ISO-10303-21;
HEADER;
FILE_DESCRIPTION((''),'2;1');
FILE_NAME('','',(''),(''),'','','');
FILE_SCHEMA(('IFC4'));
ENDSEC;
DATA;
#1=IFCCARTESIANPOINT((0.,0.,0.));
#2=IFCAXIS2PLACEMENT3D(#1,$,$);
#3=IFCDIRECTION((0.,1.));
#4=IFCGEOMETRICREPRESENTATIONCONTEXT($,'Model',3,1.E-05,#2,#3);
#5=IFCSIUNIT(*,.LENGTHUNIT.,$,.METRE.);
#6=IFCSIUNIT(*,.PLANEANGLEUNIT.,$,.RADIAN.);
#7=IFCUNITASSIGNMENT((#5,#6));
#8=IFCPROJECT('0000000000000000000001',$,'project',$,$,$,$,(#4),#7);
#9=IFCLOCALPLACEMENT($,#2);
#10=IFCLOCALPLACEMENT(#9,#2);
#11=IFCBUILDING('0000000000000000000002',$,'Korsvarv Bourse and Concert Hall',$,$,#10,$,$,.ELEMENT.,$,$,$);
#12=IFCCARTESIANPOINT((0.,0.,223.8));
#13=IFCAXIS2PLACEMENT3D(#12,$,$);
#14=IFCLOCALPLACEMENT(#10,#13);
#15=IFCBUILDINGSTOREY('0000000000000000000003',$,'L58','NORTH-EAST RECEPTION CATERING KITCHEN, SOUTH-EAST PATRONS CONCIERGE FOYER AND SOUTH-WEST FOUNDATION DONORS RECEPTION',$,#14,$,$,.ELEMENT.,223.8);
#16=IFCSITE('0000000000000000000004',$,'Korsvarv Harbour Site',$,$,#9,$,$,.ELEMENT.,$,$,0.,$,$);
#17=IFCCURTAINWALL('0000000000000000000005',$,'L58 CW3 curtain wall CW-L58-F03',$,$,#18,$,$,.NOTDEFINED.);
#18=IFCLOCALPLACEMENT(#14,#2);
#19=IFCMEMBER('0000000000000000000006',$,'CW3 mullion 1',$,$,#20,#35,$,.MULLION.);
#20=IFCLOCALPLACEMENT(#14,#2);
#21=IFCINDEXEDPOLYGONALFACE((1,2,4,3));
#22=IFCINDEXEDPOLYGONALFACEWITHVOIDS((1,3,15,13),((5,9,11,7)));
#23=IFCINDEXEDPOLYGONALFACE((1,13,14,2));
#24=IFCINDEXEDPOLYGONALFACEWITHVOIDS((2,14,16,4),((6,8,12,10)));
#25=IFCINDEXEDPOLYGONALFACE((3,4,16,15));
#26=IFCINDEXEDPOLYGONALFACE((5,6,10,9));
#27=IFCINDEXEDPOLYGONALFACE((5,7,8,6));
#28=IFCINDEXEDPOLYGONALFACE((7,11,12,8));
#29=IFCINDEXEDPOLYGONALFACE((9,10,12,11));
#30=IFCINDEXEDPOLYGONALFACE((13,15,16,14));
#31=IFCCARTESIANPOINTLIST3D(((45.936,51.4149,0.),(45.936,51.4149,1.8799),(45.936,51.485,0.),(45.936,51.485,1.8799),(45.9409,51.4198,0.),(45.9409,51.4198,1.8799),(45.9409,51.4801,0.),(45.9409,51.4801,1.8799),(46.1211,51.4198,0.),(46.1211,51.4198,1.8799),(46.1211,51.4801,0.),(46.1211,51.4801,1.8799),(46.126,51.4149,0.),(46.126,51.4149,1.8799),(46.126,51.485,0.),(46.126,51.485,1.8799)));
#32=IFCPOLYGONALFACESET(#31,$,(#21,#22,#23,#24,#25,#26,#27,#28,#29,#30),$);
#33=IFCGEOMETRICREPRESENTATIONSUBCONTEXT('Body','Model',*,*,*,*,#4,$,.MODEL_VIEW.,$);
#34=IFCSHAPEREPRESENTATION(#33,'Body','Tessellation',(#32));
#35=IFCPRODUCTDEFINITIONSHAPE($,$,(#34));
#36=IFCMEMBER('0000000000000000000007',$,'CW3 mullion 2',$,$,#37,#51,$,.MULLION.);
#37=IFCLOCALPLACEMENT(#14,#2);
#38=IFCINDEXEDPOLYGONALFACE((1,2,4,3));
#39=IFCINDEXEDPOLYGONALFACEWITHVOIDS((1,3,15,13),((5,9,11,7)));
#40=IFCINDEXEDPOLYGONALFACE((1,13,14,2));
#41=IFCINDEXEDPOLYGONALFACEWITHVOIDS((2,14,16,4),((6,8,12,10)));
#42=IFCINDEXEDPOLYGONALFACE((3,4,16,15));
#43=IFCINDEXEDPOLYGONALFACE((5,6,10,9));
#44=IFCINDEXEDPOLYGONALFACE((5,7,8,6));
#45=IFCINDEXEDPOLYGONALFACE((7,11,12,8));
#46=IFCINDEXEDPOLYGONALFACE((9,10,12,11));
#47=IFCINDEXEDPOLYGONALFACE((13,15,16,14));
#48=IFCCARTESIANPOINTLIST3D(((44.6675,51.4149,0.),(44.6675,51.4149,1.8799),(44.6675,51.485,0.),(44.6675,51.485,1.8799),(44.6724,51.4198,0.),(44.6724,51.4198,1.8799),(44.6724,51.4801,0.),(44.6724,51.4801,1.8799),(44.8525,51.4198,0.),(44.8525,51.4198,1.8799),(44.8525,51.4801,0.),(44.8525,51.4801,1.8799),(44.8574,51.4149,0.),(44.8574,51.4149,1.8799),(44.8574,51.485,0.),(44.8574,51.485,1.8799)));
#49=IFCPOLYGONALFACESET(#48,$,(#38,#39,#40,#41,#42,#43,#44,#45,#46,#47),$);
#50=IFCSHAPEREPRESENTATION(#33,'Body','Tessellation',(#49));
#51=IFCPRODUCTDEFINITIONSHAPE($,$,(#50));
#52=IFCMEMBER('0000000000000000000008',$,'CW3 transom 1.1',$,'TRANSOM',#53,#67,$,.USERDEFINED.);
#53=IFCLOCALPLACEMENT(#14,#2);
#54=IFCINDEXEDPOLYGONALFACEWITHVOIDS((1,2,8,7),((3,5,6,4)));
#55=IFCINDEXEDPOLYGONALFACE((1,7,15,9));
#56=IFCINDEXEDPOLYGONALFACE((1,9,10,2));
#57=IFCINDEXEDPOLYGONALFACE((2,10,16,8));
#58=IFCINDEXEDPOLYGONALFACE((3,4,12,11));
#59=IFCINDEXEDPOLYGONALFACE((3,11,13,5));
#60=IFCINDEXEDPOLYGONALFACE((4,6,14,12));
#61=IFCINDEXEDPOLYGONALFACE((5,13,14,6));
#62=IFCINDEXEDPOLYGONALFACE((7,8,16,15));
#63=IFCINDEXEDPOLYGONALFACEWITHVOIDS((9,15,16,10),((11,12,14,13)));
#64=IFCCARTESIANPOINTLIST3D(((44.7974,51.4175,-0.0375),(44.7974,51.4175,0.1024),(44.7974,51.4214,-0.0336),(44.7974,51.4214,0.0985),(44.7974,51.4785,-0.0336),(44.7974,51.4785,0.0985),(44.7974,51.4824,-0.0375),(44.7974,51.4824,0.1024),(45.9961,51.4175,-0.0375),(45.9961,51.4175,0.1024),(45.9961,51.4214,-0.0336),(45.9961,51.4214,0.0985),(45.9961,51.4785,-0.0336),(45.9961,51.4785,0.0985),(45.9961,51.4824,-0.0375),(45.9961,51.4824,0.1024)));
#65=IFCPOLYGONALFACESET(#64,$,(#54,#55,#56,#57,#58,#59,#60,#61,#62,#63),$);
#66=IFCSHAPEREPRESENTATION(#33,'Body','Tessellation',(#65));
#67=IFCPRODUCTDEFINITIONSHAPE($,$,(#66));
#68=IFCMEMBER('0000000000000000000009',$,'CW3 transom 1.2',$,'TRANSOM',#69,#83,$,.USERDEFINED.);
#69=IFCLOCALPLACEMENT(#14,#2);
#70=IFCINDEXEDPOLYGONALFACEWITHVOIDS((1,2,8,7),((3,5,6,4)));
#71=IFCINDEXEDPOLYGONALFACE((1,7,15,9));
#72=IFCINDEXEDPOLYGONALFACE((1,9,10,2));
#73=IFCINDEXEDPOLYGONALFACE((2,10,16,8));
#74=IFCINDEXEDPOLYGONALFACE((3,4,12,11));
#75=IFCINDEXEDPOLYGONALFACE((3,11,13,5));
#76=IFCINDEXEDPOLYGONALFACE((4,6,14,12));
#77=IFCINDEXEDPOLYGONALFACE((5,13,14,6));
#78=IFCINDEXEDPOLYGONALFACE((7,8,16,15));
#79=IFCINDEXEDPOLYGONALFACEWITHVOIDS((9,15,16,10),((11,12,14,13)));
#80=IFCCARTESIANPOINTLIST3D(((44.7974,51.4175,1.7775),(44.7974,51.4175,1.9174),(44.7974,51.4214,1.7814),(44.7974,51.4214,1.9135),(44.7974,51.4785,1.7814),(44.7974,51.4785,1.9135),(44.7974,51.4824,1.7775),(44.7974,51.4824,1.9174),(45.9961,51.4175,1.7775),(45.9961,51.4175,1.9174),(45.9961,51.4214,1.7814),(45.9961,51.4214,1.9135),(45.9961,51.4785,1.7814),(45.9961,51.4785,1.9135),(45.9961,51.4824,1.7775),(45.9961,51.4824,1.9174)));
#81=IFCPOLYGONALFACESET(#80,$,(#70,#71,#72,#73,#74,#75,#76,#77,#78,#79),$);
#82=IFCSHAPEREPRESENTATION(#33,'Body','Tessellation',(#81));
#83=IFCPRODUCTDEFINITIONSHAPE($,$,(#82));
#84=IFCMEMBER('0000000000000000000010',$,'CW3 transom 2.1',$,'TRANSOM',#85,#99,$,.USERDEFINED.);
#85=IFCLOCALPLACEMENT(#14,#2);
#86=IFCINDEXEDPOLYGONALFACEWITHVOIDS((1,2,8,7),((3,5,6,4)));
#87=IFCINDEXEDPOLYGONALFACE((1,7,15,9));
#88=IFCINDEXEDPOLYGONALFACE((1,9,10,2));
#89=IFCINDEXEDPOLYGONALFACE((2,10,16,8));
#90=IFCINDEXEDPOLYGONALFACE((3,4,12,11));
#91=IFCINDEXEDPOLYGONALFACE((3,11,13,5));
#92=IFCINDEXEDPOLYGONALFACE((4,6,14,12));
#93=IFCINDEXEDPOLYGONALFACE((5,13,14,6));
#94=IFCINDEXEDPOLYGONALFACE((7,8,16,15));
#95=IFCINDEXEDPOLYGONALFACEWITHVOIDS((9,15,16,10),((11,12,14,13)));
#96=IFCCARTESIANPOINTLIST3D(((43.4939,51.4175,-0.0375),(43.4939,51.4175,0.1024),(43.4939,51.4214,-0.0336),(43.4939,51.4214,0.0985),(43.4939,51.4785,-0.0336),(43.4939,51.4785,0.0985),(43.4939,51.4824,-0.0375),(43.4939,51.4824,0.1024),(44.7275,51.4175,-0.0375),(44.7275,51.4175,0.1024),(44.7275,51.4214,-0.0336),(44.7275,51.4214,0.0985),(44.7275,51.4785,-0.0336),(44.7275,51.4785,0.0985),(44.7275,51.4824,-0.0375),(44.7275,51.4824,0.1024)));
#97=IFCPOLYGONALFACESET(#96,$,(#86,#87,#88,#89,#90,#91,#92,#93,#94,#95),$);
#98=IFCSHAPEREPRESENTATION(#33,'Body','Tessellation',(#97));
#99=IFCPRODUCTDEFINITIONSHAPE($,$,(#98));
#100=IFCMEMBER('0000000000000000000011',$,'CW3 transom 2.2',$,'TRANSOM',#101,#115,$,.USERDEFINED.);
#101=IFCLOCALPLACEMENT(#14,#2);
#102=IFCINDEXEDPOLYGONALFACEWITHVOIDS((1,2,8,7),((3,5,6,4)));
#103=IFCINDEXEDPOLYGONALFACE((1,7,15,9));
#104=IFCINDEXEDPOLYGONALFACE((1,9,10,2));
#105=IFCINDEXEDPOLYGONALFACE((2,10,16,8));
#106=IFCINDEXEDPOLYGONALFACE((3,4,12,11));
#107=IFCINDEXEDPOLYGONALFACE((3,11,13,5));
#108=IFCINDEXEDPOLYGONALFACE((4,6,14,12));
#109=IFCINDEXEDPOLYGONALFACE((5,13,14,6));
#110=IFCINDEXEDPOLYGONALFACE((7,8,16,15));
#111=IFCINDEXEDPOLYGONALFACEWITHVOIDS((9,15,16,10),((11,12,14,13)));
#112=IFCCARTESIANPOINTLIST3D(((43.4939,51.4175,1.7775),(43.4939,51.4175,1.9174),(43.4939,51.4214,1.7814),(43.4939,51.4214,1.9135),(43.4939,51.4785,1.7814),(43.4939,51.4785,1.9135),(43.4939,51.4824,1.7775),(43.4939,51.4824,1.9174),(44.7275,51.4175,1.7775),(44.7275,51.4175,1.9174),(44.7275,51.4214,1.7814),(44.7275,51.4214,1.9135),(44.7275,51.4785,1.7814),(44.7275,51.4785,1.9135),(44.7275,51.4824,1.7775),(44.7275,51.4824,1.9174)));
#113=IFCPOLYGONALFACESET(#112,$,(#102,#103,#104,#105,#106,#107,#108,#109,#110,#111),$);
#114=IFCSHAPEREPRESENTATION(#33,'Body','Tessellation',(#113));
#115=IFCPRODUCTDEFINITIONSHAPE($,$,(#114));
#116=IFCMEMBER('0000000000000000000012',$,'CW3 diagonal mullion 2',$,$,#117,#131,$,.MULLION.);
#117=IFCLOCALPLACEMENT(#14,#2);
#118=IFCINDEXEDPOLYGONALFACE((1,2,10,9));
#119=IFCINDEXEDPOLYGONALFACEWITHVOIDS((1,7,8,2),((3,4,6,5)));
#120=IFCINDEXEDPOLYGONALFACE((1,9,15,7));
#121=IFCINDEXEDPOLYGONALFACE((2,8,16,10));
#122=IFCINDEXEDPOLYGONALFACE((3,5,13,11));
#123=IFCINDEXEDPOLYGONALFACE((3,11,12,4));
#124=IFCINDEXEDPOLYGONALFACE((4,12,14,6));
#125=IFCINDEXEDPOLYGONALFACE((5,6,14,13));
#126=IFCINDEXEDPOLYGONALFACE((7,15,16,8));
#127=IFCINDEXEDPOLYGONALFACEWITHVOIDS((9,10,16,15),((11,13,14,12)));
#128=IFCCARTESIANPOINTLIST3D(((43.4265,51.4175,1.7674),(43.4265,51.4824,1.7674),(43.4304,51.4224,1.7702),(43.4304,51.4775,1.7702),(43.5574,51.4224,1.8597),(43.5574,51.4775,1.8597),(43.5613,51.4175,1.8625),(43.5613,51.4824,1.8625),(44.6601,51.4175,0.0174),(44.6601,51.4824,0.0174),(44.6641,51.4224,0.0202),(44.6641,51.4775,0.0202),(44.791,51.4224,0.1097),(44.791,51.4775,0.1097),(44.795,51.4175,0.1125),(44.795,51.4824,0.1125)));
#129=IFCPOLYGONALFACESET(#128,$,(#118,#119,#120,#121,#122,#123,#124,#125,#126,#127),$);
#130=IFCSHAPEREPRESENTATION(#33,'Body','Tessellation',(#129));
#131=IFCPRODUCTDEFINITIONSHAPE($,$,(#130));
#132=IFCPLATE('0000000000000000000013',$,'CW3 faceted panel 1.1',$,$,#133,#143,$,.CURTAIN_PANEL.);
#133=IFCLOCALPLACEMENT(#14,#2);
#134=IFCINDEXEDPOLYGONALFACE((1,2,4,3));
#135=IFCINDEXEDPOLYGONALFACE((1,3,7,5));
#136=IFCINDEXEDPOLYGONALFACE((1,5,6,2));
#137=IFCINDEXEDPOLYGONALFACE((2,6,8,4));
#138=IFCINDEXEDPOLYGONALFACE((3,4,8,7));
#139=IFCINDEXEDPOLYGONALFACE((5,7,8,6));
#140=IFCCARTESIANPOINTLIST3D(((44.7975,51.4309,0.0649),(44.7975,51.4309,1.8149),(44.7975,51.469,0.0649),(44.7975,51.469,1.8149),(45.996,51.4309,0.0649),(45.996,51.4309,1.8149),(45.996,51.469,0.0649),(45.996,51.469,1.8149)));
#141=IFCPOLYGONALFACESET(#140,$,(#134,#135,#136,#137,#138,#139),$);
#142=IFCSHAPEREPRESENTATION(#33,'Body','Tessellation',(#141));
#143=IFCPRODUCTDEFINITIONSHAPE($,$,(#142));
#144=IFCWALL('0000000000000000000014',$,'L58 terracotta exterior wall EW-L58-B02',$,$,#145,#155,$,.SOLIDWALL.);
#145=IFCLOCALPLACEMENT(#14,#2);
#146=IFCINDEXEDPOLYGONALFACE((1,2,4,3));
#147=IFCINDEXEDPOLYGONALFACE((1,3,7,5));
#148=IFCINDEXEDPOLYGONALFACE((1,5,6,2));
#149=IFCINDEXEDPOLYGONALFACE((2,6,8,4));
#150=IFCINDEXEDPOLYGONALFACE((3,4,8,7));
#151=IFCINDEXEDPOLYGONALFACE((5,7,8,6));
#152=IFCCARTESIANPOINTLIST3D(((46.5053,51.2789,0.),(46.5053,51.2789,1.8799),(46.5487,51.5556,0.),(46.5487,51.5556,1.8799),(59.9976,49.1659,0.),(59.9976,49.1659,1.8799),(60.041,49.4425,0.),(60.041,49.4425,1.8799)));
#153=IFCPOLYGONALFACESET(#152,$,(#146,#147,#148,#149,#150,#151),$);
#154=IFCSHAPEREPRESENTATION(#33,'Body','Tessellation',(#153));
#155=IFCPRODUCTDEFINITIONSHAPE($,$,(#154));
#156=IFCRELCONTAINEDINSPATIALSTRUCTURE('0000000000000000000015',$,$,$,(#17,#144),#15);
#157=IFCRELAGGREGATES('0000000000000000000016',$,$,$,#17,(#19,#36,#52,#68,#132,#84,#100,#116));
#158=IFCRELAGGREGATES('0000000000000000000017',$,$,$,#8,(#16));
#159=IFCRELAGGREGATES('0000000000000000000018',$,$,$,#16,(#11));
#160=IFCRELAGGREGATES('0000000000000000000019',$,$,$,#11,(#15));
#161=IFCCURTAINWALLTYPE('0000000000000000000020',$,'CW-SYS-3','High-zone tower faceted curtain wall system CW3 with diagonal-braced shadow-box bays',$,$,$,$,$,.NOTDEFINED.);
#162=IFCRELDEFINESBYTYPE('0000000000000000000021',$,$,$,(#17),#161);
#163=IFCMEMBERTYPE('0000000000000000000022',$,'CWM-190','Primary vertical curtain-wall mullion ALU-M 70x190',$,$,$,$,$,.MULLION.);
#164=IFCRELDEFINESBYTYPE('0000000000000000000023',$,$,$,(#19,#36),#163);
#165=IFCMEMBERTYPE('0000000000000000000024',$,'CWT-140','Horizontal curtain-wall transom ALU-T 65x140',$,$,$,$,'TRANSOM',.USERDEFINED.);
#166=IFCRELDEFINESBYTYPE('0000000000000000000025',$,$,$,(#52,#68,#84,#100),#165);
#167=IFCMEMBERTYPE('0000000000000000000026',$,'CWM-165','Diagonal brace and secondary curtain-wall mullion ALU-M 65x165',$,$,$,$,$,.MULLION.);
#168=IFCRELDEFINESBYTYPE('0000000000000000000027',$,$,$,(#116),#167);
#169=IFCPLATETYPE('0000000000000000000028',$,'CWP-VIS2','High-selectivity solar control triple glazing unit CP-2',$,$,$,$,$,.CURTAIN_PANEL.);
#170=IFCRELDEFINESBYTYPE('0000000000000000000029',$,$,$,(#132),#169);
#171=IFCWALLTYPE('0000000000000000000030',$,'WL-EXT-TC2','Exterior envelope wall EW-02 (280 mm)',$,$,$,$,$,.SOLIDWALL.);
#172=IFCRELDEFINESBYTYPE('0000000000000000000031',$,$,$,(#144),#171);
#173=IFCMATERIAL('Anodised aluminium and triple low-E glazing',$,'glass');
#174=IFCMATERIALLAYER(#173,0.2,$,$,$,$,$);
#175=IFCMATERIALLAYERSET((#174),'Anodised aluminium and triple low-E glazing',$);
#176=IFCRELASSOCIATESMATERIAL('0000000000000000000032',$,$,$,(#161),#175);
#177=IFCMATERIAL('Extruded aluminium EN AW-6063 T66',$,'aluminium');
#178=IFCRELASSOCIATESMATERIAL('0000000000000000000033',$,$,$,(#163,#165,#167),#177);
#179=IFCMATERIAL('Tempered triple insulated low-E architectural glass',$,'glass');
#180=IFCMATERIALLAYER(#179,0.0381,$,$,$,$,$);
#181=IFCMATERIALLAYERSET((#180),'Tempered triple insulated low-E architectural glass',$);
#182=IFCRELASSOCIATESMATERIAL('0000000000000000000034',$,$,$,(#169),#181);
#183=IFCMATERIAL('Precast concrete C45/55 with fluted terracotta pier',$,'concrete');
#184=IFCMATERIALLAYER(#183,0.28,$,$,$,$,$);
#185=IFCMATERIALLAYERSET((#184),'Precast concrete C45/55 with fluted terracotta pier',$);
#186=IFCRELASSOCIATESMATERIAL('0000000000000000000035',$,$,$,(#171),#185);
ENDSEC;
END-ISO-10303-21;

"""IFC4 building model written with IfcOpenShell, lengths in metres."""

from ifc_helpers import new_model, si_unit, direction, frame, frame_2d, origin, origin_2d, place, context, subcontext, project, spatial, rectangle, hollow_rectangle, extrude, source, transform, mapped, material, layer, layer_set, material_profile, profile_set, type_object, element, aggregate, save


model = new_model("IFC4")

# Units and contexts
model_context = context("Model", 3, precision=1e-05, world=origin(), true_north=direction((0.0, 1.0)))
body_context = subcontext(model_context, "Body", "Model", "MODEL_VIEW")
ifc_project = project(units=[si_unit("LENGTHUNIT", "METRE"), si_unit("PLANEANGLEUNIT", "RADIAN")], contexts=[model_context])

# Site, building, storey
site_placement = place(None, origin())
site = spatial("IfcSite", under=ifc_project, at=site_placement, Name="Korsvarv Harbour Site", CompositionType="ELEMENT", RefElevation=0.0)
building_placement = place(site_placement, origin())
building = spatial("IfcBuilding", under=site, at=building_placement, Name="Korsvarv Bourse and Concert Hall", CompositionType="ELEMENT")
storey_placement = place(building_placement, frame((0.0, 0.0, 223.8)))
storey = spatial("IfcBuildingStorey", under=building, at=storey_placement, Name="L58", Description="NORTH-EAST RECEPTION CATERING KITCHEN, SOUTH-EAST PATRONS CONCIERGE FOYER AND SOUTH-WEST FOUNDATION DONORS RECEPTION", CompositionType="ELEMENT", Elevation=223.8)

# Curtain wall, members, plate
ifc_material_1 = material(Name="Anodised aluminium and triple low-E glazing", Category="glass")
ifc_layer_1 = layer(ifc_material_1, 0.2)
ifc_layer_set_1 = layer_set([ifc_layer_1], Name="Anodised aluminium and triple low-E glazing")
curtain_wall_type = type_object("IfcCurtainWallType", Name="CW-SYS-3", Description="High-zone tower faceted curtain wall system CW3 with diagonal-braced shadow-box bays", PredefinedType="NOTDEFINED", material=ifc_layer_set_1)
curtain_wall_placement = place(storey_placement, origin())
curtain_wall = element("IfcCurtainWall", 1, at=curtain_wall_placement, inside=storey, type_object=curtain_wall_type, Name="L58 CW3 curtain wall CW-L58-F03", PredefinedType="NOTDEFINED")
ifc_material_2 = material(Name="Extruded aluminium EN AW-6063 T66", Category="aluminium")
ifc_material_profile_1 = material_profile(ifc_material_2, hollow_rectangle(XDim=0.0701, YDim=0.1899, WallThickness=0.0049, at=origin_2d()), Name="ALU-M 70x190")
ifc_profile_set_1 = profile_set([ifc_material_profile_1], Name="Extruded aluminium EN AW-6063 T66")
member_type_1 = type_object("IfcMemberType", Name="CWM-190", Description="Primary vertical curtain-wall mullion ALU-M 70x190", PredefinedType="MULLION", material=ifc_profile_set_1)
shared_shape_1 = source(origin(), body_context, "Body", "SweptSolid", [
    extrude(hollow_rectangle(XDim=0.0701, YDim=0.1899, WallThickness=0.0049, at=origin_2d()), origin(), (0.0, 0.0, 1.0), 1.8799),
])
member_1_placement = place(storey_placement, frame((46.031, 51.45, 0.0), z_axis=(0.0, 0.0, 1.0), x_axis=(0.0, -1.0, 0.0)))
member_1 = element("IfcMember", 2, at=member_1_placement, type_object=member_type_1, Name="CW3 mullion 1", PredefinedType="MULLION", context=body_context, shape_type="MappedRepresentation", body=[
    mapped(shared_shape_1, transform((0.0, 0.0, 0.0), scale=1.0)),
])
member_2_placement = place(storey_placement, frame((44.7625, 51.45, 0.0), z_axis=(0.0, 0.0, 1.0), x_axis=(0.0, -1.0, 0.0)))
member_2 = element("IfcMember", 3, at=member_2_placement, type_object=member_type_1, Name="CW3 mullion 2", PredefinedType="MULLION", context=body_context, shape_type="MappedRepresentation", body=[
    mapped(shared_shape_1, transform((0.0, 0.0, 0.0), scale=1.0)),
])
ifc_material_profile_2 = material_profile(ifc_material_2, hollow_rectangle(XDim=0.0649, YDim=0.1399, WallThickness=0.0039, at=origin_2d()), Name="ALU-T 65x140")
ifc_profile_set_2 = profile_set([ifc_material_profile_2], Name="Extruded aluminium EN AW-6063 T66")
member_type_2 = type_object("IfcMemberType", Name="CWT-140", Description="Horizontal curtain-wall transom ALU-T 65x140", ElementType="TRANSOM", PredefinedType="USERDEFINED", material=ifc_profile_set_2)
shared_shape_2 = source(origin(), body_context, "Body", "SweptSolid", [
    extrude(hollow_rectangle(XDim=0.0649, YDim=0.1399, WallThickness=0.0039, at=origin_2d()), origin(), (0.0, 0.0, 1.0), 1.1987),
])
member_3_placement = place(storey_placement, frame((45.9961, 51.45, 0.0325), z_axis=(-1.0, 0.0, 0.0), x_axis=(0.0, -1.0, 0.0)))
member_3 = element("IfcMember", 4, at=member_3_placement, type_object=member_type_2, Name="CW3 transom 1.1", ObjectType="TRANSOM", PredefinedType="USERDEFINED", context=body_context, shape_type="MappedRepresentation", body=[
    mapped(shared_shape_2, transform((0.0, 0.0, 0.0), scale=1.0)),
])
member_4_placement = place(storey_placement, frame((45.9961, 51.45, 1.8474), z_axis=(-1.0, 0.0, 0.0), x_axis=(0.0, -1.0, 0.0)))
member_4 = element("IfcMember", 5, at=member_4_placement, type_object=member_type_2, Name="CW3 transom 1.2", ObjectType="TRANSOM", PredefinedType="USERDEFINED", context=body_context, shape_type="MappedRepresentation", body=[
    mapped(shared_shape_2, transform((0.0, 0.0, 0.0), scale=1.0)),
])
shared_shape_3 = source(origin(), body_context, "Body", "SweptSolid", [
    extrude(hollow_rectangle(XDim=0.0649, YDim=0.1399, WallThickness=0.0039, at=origin_2d()), origin(), (0.0, 0.0, 1.0), 1.2336),
])
member_5_placement = place(storey_placement, frame((44.7275, 51.45, 0.0325), z_axis=(-1.0, 0.0, 0.0), x_axis=(0.0, -1.0, 0.0)))
member_5 = element("IfcMember", 6, at=member_5_placement, type_object=member_type_2, Name="CW3 transom 2.1", ObjectType="TRANSOM", PredefinedType="USERDEFINED", context=body_context, shape_type="MappedRepresentation", body=[
    mapped(shared_shape_3, transform((0.0, 0.0, 0.0), scale=1.0)),
])
member_6_placement = place(storey_placement, frame((44.7275, 51.45, 1.8474), z_axis=(-1.0, 0.0, 0.0), x_axis=(0.0, -1.0, 0.0)))
member_6 = element("IfcMember", 7, at=member_6_placement, type_object=member_type_2, Name="CW3 transom 2.2", ObjectType="TRANSOM", PredefinedType="USERDEFINED", context=body_context, shape_type="MappedRepresentation", body=[
    mapped(shared_shape_3, transform((0.0, 0.0, 0.0), scale=1.0)),
])
ifc_material_profile_3 = material_profile(ifc_material_2, hollow_rectangle(XDim=0.0649, YDim=0.165, WallThickness=0.0049, at=origin_2d()), Name="ALU-M 65x165")
ifc_profile_set_3 = profile_set([ifc_material_profile_3], Name="Extruded aluminium EN AW-6063 T66")
member_type_3 = type_object("IfcMemberType", Name="CWM-165", Description="Diagonal brace and secondary curtain-wall mullion ALU-M 65x165", PredefinedType="MULLION", material=ifc_profile_set_3)
shared_shape_4 = source(origin(), body_context, "Body", "SweptSolid", [
    extrude(hollow_rectangle(XDim=0.0649, YDim=0.165, WallThickness=0.0049, at=origin_2d()), origin(), (0.0, 0.0, 1.0), 2.1411),
])
member_7_placement = place(storey_placement, frame((44.7275, 51.45, 0.0649), z_axis=(-0.576168, 0.0, 0.817331), x_axis=(0.0, -1.0, 0.0)))
member_7 = element("IfcMember", 8, at=member_7_placement, type_object=member_type_3, Name="CW3 diagonal mullion 2", PredefinedType="MULLION", context=body_context, shape_type="MappedRepresentation", body=[
    mapped(shared_shape_4, transform((0.0, 0.0, 0.0), scale=1.0)),
])
ifc_material_3 = material(Name="Tempered triple insulated low-E architectural glass", Category="glass")
ifc_layer_2 = layer(ifc_material_3, 0.0381)
ifc_layer_set_2 = layer_set([ifc_layer_2], Name="Tempered triple insulated low-E architectural glass")
plate_type = type_object("IfcPlateType", Name="CWP-VIS2", Description="High-selectivity solar control triple glazing unit CP-2", PredefinedType="CURTAIN_PANEL", material=ifc_layer_set_2)
shared_shape_5 = source(origin(), body_context, "Body", "SweptSolid", [
    extrude(rectangle(XDim=1.1985, YDim=0.0381, at=origin_2d()), origin(), (0.0, 0.0, 1.0), 1.75),
])
plate_placement = place(storey_placement, frame((45.3967, 51.45, 0.0649), z_axis=(0.0, 0.0, 1.0), x_axis=(-1.0, 0.0, 0.0)))
plate = element("IfcPlate", 9, at=plate_placement, type_object=plate_type, Name="CW3 faceted panel 1.1", PredefinedType="CURTAIN_PANEL", context=body_context, shape_type="MappedRepresentation", body=[
    mapped(shared_shape_5, transform((0.0, 0.0, 0.0), scale=1.0)),
])
aggregate(curtain_wall, [member_1, member_2, member_3, member_4, plate, member_5, member_6, member_7])

# Wall
ifc_material_4 = material(Name="Precast concrete C45/55 with fluted terracotta pier", Category="concrete")
ifc_layer_3 = layer(ifc_material_4, 0.28)
ifc_layer_set_3 = layer_set([ifc_layer_3], Name="Precast concrete C45/55 with fluted terracotta pier")
wall_type_1 = type_object("IfcWallType", Name="WL-EXT-TC2", Description="Exterior envelope wall EW-02 (280 mm)", PredefinedType="SOLIDWALL", material=ifc_layer_set_3)
wall_1_placement = place(storey_placement, frame((60.0193, 49.3042, 0.0), z_axis=(0.0, 0.0, 1.0), x_axis=(-0.987957, 0.154726, 0.0)))
element("IfcWall", 10, at=wall_1_placement, inside=storey, type_object=wall_type_1, Name="L58 terracotta exterior wall EW-L58-B02", PredefinedType="SOLIDWALL", context=body_context, shape_type="SweptSolid", body=[
    extrude(rectangle(XDim=13.6567, YDim=0.28, at=frame_2d((6.8284, 0.0))), origin(), (0.0, 0.0, 1.0), 1.8799),
])

save(model, "model.ifc")
